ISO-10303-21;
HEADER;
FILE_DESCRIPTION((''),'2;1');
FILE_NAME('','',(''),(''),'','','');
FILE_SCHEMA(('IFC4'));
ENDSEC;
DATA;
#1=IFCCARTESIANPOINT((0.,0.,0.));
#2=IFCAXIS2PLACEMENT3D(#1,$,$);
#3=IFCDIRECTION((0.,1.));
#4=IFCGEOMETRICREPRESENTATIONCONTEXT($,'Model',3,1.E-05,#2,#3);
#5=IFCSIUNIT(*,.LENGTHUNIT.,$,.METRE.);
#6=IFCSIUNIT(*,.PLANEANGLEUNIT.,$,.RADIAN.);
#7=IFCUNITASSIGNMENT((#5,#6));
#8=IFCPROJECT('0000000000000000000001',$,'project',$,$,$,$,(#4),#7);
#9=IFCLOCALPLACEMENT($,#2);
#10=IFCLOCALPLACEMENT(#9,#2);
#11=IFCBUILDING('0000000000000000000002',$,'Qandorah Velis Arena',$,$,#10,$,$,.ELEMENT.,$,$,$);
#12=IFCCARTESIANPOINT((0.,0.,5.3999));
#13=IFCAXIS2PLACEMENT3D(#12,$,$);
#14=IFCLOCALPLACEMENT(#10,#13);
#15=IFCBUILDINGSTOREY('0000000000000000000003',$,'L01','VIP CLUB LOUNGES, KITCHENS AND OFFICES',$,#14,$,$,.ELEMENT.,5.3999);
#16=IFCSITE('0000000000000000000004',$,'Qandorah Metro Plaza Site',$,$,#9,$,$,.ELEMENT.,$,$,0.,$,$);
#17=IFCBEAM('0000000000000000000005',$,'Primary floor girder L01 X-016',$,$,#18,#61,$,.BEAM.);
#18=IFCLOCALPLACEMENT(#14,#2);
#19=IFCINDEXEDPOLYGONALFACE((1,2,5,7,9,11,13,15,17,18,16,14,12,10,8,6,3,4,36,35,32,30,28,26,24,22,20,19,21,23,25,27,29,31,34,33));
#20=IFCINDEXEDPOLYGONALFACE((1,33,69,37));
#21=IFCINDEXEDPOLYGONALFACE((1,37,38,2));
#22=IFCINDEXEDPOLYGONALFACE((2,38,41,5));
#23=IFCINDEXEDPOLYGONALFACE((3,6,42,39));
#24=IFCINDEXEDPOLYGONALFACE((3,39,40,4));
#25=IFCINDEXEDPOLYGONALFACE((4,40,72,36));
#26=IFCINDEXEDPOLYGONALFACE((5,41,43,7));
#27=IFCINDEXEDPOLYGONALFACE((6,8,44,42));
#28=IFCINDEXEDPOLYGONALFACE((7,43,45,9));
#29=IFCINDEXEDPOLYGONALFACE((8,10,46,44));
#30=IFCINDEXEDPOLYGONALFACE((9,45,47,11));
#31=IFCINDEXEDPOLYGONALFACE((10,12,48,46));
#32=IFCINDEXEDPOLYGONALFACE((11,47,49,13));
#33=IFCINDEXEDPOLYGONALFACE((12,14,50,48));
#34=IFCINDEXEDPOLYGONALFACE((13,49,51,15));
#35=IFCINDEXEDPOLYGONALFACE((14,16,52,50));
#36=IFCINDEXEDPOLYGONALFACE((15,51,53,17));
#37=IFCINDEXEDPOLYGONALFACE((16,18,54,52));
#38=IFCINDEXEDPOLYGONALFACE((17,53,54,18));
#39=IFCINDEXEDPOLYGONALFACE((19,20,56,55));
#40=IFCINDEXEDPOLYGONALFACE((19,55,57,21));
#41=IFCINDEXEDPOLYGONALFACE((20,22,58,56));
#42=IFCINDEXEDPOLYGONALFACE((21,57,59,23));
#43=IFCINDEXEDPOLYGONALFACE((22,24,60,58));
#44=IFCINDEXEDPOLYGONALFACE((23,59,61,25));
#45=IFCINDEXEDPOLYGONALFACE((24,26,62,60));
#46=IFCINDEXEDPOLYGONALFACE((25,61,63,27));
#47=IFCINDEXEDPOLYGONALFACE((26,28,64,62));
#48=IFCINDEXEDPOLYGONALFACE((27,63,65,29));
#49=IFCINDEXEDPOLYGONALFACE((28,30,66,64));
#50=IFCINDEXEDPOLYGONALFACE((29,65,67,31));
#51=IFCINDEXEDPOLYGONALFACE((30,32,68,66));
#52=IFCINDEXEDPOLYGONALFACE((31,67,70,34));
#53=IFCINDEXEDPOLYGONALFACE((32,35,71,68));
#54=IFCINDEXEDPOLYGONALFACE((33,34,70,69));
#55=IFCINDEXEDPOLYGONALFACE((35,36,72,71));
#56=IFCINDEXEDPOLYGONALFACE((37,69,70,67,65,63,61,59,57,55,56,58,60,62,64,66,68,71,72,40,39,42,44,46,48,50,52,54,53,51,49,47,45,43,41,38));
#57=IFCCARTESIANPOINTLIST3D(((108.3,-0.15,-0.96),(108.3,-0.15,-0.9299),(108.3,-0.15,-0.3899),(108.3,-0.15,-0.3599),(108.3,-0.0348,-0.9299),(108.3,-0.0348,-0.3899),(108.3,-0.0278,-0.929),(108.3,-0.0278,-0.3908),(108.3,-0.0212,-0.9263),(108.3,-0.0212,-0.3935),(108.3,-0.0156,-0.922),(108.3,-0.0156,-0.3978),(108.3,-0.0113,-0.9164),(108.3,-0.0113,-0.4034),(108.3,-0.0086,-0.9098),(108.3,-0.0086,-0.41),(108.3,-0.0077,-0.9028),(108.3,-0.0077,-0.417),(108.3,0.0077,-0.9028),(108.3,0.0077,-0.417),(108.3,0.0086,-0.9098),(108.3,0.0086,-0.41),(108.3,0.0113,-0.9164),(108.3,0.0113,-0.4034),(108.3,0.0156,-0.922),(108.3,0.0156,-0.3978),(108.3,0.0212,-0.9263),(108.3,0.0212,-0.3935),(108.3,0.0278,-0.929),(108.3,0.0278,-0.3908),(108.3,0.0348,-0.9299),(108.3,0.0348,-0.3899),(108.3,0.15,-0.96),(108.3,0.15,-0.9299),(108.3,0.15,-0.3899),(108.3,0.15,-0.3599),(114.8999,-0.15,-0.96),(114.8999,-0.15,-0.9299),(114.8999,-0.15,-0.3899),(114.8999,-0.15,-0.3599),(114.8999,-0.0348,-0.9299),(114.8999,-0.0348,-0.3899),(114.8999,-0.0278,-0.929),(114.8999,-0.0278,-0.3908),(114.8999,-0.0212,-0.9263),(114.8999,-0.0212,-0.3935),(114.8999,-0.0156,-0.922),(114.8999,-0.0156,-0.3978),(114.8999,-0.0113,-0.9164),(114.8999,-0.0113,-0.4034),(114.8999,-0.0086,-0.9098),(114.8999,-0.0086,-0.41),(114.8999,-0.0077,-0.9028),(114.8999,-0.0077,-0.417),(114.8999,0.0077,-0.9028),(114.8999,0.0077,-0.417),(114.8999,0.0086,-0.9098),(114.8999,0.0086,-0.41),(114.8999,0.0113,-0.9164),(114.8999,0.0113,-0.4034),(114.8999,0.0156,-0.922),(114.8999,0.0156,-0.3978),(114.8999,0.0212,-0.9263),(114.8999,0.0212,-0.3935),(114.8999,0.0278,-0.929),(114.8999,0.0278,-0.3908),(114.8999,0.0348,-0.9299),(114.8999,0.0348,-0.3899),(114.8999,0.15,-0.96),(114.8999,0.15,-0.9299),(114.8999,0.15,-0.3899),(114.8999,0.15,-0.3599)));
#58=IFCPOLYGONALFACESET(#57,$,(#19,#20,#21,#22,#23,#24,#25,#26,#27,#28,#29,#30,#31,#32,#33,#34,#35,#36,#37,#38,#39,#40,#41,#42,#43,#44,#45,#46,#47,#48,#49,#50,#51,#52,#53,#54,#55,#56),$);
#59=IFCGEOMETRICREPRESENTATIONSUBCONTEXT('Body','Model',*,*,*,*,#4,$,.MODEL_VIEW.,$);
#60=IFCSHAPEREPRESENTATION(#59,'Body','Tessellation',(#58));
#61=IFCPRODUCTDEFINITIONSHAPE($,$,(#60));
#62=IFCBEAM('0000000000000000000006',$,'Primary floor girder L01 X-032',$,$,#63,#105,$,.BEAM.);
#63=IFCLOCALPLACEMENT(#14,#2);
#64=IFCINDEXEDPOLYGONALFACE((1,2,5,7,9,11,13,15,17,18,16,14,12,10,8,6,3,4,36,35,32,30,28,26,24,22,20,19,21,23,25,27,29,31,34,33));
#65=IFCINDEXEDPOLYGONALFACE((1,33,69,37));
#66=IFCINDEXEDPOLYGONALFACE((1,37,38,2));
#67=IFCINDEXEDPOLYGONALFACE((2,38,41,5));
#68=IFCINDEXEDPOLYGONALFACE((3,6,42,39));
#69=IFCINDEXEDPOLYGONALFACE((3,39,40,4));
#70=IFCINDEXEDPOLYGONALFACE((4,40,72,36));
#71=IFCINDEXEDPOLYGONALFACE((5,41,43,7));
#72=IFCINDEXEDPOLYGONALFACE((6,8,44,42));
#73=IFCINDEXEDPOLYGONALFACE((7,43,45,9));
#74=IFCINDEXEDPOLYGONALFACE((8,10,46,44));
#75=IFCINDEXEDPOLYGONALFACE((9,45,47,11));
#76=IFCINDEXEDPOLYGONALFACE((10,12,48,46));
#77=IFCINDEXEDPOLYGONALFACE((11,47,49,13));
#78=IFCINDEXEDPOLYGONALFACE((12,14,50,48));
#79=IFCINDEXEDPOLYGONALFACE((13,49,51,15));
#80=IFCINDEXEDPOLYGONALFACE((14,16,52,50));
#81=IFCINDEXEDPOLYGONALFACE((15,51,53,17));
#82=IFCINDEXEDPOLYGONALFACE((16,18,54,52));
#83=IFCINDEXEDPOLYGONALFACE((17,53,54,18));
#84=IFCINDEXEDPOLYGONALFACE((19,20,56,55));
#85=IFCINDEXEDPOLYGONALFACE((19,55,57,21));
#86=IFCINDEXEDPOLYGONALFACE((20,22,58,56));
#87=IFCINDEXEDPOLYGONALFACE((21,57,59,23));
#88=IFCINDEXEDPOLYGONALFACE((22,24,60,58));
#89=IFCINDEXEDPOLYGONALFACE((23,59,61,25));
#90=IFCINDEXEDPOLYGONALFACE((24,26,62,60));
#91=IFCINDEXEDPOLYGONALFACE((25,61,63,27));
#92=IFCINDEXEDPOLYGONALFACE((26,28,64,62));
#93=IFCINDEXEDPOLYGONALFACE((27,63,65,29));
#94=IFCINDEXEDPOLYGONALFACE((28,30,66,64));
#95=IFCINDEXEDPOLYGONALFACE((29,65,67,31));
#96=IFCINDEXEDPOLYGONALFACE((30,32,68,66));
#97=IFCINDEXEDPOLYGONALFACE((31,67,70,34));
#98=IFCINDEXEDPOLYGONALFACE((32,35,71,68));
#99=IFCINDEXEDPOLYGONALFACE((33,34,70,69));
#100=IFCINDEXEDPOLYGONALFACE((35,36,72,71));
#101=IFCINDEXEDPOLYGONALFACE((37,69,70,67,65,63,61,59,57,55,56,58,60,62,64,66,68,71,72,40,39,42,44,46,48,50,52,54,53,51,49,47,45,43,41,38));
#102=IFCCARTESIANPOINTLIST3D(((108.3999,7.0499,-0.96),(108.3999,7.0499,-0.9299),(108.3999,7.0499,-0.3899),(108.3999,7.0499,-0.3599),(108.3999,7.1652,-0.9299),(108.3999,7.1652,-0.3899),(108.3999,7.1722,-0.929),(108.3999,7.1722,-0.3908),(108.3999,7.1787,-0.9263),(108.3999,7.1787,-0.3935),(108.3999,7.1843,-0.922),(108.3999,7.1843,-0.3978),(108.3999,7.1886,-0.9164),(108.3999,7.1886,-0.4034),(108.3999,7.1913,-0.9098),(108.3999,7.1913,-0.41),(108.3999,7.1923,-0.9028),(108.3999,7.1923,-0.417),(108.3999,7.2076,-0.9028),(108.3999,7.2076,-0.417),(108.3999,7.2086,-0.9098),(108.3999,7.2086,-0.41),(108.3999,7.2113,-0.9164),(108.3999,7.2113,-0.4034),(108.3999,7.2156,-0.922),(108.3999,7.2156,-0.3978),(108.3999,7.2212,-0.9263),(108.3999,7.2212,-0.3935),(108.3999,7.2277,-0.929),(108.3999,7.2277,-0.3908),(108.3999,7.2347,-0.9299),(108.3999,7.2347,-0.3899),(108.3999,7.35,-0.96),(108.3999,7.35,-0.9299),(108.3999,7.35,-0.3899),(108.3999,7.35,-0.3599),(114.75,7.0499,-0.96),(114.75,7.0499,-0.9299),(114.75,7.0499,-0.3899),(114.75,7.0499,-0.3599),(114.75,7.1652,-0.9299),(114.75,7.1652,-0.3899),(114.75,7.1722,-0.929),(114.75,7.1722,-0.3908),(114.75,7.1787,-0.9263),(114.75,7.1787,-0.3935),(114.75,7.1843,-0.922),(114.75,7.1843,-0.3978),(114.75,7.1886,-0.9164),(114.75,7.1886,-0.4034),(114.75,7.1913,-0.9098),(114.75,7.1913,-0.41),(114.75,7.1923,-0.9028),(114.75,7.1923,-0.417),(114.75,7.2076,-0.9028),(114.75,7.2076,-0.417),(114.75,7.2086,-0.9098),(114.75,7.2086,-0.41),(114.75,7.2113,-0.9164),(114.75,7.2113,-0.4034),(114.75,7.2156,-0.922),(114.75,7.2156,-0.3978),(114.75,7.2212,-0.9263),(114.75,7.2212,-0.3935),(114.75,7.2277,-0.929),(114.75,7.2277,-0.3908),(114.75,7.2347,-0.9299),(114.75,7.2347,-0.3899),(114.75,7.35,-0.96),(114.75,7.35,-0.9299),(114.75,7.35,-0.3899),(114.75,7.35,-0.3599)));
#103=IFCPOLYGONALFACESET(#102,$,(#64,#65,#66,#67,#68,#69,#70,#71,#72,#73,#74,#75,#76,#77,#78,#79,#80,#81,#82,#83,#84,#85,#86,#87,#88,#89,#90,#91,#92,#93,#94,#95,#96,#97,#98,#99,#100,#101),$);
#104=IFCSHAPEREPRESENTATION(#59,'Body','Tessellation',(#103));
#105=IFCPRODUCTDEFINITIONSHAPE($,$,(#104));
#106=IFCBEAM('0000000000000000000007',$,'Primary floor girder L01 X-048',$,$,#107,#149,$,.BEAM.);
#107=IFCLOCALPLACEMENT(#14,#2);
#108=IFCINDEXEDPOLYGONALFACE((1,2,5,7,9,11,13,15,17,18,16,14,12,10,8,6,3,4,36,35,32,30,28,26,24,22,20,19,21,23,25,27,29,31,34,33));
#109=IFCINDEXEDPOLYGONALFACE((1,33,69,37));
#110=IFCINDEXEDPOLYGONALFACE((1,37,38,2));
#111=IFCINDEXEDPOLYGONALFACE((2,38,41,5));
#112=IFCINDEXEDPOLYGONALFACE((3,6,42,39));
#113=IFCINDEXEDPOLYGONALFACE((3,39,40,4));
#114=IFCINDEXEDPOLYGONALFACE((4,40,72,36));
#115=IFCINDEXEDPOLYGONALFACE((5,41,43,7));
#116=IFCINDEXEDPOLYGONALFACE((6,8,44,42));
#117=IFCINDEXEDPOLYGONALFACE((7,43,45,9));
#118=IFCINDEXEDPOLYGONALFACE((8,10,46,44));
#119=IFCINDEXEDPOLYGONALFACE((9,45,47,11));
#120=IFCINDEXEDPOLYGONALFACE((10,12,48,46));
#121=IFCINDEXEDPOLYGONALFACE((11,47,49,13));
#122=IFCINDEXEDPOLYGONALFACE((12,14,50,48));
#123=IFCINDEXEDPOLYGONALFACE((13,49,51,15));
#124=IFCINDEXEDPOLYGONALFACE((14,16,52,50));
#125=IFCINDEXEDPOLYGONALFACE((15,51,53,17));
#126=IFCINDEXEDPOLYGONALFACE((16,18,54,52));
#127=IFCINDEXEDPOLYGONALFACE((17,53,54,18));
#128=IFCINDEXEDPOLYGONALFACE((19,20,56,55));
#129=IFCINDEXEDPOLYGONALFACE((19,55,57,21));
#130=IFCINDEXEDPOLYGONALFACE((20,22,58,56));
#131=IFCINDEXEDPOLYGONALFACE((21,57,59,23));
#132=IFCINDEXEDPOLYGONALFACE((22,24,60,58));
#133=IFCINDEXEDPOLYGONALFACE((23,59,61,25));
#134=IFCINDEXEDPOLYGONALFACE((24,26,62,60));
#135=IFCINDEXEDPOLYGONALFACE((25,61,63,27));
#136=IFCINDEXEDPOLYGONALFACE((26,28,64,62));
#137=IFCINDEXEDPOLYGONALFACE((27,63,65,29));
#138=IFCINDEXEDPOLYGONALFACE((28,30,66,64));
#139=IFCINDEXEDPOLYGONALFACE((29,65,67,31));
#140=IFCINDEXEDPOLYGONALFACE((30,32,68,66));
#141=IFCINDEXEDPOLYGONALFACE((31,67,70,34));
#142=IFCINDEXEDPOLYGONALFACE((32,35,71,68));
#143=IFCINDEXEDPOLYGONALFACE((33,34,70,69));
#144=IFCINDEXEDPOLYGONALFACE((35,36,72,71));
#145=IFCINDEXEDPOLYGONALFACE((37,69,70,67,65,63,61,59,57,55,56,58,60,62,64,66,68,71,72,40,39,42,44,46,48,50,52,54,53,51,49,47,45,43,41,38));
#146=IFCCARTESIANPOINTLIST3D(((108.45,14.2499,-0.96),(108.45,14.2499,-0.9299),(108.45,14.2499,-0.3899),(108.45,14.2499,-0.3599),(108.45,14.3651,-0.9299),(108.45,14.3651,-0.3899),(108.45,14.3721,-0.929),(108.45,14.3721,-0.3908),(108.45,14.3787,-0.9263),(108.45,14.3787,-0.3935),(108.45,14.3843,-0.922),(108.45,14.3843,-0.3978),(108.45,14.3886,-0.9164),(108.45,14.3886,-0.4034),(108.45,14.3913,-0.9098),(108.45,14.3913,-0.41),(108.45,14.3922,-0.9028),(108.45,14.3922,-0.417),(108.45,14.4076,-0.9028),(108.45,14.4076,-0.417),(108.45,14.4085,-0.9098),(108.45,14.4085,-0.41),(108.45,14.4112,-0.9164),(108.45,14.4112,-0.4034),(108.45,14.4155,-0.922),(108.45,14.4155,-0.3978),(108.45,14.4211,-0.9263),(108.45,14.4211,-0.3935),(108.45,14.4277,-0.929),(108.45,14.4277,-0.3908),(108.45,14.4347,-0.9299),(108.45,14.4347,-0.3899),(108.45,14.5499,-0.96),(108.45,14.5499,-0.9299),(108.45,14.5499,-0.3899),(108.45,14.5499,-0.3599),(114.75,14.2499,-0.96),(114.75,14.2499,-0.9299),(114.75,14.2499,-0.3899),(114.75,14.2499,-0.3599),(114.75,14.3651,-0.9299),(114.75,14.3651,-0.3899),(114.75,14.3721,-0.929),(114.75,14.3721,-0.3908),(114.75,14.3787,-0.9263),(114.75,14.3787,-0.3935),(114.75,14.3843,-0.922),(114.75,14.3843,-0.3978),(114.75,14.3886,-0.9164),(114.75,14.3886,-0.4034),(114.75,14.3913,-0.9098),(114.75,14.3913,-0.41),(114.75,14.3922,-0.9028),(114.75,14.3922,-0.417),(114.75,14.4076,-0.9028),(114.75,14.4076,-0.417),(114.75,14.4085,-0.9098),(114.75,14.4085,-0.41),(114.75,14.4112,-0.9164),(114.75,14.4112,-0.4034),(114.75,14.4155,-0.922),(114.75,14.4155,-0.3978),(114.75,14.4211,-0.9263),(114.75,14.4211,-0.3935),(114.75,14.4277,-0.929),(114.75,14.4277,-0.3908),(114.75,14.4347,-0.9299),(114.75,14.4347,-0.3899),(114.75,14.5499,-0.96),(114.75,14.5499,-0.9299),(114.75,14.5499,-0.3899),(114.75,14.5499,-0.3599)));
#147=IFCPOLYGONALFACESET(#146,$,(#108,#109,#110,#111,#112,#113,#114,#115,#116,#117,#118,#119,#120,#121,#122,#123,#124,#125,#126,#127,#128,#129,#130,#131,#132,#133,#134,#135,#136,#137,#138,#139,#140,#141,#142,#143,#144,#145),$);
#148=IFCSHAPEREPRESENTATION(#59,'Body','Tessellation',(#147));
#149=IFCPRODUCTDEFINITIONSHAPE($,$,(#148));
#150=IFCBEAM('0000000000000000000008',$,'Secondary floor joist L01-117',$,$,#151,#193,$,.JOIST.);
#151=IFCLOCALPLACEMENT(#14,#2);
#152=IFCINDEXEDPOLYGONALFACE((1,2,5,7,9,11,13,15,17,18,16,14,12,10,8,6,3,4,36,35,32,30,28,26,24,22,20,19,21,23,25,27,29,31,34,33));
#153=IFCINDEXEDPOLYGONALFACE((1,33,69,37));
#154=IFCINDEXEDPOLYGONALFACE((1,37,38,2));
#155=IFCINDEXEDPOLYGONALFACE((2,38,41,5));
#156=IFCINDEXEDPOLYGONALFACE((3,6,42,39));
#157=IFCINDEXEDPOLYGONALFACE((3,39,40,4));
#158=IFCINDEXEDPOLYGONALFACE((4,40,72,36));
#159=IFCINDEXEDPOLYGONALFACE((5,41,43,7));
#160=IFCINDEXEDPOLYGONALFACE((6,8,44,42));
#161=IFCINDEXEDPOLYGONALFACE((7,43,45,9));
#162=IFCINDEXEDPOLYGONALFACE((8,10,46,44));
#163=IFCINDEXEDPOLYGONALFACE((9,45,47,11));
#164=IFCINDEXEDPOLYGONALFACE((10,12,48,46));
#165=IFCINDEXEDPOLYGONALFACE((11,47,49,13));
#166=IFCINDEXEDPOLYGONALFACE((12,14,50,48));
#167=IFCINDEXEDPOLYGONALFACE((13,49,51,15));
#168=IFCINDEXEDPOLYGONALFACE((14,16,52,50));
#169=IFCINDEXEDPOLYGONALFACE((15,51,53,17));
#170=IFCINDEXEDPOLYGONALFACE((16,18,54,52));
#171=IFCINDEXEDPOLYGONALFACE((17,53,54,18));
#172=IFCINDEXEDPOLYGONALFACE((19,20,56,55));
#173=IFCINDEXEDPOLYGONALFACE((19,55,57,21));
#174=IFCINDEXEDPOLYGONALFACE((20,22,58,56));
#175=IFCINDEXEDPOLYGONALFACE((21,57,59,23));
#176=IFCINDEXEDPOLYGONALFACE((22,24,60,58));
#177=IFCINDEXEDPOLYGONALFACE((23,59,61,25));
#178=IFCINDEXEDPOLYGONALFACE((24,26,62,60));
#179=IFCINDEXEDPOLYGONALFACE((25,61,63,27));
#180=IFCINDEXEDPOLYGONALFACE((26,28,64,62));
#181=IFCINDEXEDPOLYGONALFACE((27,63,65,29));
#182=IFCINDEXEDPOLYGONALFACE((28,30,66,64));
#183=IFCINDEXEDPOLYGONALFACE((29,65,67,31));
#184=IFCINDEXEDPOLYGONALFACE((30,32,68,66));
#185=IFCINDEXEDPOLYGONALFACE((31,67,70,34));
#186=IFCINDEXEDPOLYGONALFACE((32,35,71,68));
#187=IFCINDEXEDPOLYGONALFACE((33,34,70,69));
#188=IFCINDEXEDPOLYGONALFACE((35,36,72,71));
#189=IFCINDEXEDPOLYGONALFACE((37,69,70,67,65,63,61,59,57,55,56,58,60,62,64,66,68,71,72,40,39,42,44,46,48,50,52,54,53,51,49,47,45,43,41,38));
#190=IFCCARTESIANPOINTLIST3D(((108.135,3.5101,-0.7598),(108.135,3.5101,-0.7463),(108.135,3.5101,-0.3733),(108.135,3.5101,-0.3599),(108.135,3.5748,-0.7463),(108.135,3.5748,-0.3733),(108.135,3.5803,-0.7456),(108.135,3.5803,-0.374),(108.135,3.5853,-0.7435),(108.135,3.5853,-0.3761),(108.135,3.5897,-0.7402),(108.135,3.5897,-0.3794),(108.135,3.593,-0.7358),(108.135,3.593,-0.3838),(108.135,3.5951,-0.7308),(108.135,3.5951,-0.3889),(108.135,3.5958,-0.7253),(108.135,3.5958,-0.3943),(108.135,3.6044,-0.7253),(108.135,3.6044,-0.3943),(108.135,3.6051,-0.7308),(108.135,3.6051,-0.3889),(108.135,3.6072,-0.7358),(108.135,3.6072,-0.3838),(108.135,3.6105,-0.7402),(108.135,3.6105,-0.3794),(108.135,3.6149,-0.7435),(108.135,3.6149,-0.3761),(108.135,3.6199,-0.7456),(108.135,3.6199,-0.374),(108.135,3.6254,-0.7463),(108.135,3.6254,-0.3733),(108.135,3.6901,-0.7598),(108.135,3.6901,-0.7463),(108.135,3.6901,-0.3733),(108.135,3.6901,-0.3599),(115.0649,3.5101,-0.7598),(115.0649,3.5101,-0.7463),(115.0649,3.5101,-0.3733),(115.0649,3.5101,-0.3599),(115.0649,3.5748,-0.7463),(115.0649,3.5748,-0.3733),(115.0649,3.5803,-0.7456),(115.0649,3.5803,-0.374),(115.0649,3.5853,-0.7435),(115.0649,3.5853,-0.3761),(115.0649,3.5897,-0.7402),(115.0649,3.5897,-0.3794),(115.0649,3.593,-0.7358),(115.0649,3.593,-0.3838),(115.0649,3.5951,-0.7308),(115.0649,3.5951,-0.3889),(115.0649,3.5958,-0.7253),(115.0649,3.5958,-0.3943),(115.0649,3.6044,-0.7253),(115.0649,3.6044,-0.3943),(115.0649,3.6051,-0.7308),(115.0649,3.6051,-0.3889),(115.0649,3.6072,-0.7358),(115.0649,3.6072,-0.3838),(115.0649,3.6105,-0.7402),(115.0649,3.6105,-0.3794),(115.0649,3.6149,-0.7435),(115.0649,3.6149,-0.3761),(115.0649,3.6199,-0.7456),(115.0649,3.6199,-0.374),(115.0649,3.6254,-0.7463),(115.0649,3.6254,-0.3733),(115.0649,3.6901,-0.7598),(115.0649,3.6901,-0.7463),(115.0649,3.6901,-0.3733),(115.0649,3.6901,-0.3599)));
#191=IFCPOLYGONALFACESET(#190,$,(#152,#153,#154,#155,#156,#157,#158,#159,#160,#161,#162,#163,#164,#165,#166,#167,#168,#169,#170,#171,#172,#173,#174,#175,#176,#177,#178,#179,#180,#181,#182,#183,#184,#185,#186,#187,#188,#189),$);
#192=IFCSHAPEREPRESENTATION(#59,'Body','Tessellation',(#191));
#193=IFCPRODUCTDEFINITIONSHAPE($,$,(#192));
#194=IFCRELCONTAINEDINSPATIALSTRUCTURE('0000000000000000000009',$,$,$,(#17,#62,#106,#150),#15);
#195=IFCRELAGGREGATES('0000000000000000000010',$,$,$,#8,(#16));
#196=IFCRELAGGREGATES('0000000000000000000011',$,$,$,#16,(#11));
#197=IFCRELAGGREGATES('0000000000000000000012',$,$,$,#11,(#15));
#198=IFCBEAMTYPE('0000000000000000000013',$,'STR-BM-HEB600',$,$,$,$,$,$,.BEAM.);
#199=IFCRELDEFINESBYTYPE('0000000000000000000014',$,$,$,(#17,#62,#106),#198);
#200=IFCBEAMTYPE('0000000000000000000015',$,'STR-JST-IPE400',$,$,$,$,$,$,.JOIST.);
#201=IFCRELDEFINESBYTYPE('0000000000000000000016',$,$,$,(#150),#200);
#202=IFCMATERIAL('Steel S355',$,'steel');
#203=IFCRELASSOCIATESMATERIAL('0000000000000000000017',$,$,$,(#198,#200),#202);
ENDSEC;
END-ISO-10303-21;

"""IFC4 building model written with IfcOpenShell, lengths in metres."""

from ifc_helpers import new_model, si_unit, direction, frame, origin, origin_2d, place, context, subcontext, project, spatial, i_section, extrude, material, material_profile, profile_set, type_object, element, save


model = new_model("IFC4")

# Units and contexts
model_context = context("Model", 3, precision=1e-05, world=origin(), true_north=direction((0.0, 1.0)))
body_context = subcontext(model_context, "Body", "Model", "MODEL_VIEW")
ifc_project = project(units=[si_unit("LENGTHUNIT", "METRE"), si_unit("PLANEANGLEUNIT", "RADIAN")], contexts=[model_context])

# Site, building, storey
site_placement = place(None, origin())
site = spatial("IfcSite", under=ifc_project, at=site_placement, Name="Qandorah Metro Plaza Site", CompositionType="ELEMENT", RefElevation=0.0)
building_placement = place(site_placement, origin())
building = spatial("IfcBuilding", under=site, at=building_placement, Name="Qandorah Velis Arena", CompositionType="ELEMENT")
storey_placement = place(building_placement, frame((0.0, 0.0, 5.3999)))
storey = spatial("IfcBuildingStorey", under=building, at=storey_placement, Name="L01", Description="VIP CLUB LOUNGES, KITCHENS AND OFFICES", CompositionType="ELEMENT", Elevation=5.3999)

# Beams
ifc_material_1 = material(Name="Steel S355", Category="steel")
ifc_material_profile_1 = material_profile(ifc_material_1, i_section(OverallWidth=0.3, OverallDepth=0.6001, WebThickness=0.0154, FlangeThickness=0.03, FilletRadius=0.0271, at=origin_2d()), Name="HEB 600")
ifc_profile_set_1 = profile_set([ifc_material_profile_1], Name="Steel S355")
beam_type_1 = type_object("IfcBeamType", Name="STR-BM-HEB600", PredefinedType="BEAM", material=ifc_profile_set_1)
beam_1_placement = place(storey_placement, frame((108.3, 0.0, -0.6599), z_axis=(1.0, 0.0, 0.0), x_axis=(0.0, 1.0, 0.0)))
element("IfcBeam", 1, at=beam_1_placement, inside=storey, type_object=beam_type_1, Name="Primary floor girder L01 X-016", PredefinedType="BEAM", context=body_context, shape_type="SweptSolid", body=[
    extrude(i_section(OverallWidth=0.3, OverallDepth=0.6001, WebThickness=0.0154, FlangeThickness=0.03, FilletRadius=0.0271, at=origin_2d()), origin(), (0.0, 0.0, 1.0), 6.5999),
])
beam_2_placement = place(storey_placement, frame((108.3999, 7.2, -0.6599), z_axis=(1.0, 0.0, 0.0), x_axis=(0.0, 1.0, 0.0)))
element("IfcBeam", 2, at=beam_2_placement, inside=storey, type_object=beam_type_1, Name="Primary floor girder L01 X-032", PredefinedType="BEAM", context=body_context, shape_type="SweptSolid", body=[
    extrude(i_section(OverallWidth=0.3, OverallDepth=0.6001, WebThickness=0.0154, FlangeThickness=0.03, FilletRadius=0.0271, at=origin_2d()), origin(), (0.0, 0.0, 1.0), 6.3501),
])
beam_3_placement = place(storey_placement, frame((108.45, 14.3999, -0.6599), z_axis=(1.0, 0.0, 0.0), x_axis=(0.0, 1.0, 0.0)))
element("IfcBeam", 3, at=beam_3_placement, inside=storey, type_object=beam_type_1, Name="Primary floor girder L01 X-048", PredefinedType="BEAM", context=body_context, shape_type="SweptSolid", body=[
    extrude(i_section(OverallWidth=0.3, OverallDepth=0.6001, WebThickness=0.0154, FlangeThickness=0.03, FilletRadius=0.0271, at=origin_2d()), origin(), (0.0, 0.0, 1.0), 6.3),
])
ifc_material_profile_2 = material_profile(ifc_material_1, i_section(OverallWidth=0.1799, OverallDepth=0.3999, WebThickness=0.0085, FlangeThickness=0.0134, FilletRadius=0.021, at=origin_2d()), Name="IPE 400")
ifc_profile_set_2 = profile_set([ifc_material_profile_2], Name="Steel S355")
beam_type_2 = type_object("IfcBeamType", Name="STR-JST-IPE400", PredefinedType="JOIST", material=ifc_profile_set_2)
for number, where, z_axis, x_axis, name in (
    (4, (108.135, 3.6001, -0.5598), (1.0, 0.0, 0.0), (0.0, 1.0, 0.0), "Secondary floor joist L01-117"),
):
    element("IfcBeam", number, at=place(storey_placement, frame(where, z_axis=z_axis, x_axis=x_axis)), inside=storey, type_object=beam_type_2, Name=name, PredefinedType="JOIST", context=body_context, shape_type="SweptSolid", body=[
        extrude(i_section(OverallWidth=0.1799, OverallDepth=0.3999, WebThickness=0.0085, FlangeThickness=0.0134, FilletRadius=0.021, at=origin_2d()), origin(), (0.0, 0.0, 1.0), 6.9299),
    ])

save(model, "model.ifc")
